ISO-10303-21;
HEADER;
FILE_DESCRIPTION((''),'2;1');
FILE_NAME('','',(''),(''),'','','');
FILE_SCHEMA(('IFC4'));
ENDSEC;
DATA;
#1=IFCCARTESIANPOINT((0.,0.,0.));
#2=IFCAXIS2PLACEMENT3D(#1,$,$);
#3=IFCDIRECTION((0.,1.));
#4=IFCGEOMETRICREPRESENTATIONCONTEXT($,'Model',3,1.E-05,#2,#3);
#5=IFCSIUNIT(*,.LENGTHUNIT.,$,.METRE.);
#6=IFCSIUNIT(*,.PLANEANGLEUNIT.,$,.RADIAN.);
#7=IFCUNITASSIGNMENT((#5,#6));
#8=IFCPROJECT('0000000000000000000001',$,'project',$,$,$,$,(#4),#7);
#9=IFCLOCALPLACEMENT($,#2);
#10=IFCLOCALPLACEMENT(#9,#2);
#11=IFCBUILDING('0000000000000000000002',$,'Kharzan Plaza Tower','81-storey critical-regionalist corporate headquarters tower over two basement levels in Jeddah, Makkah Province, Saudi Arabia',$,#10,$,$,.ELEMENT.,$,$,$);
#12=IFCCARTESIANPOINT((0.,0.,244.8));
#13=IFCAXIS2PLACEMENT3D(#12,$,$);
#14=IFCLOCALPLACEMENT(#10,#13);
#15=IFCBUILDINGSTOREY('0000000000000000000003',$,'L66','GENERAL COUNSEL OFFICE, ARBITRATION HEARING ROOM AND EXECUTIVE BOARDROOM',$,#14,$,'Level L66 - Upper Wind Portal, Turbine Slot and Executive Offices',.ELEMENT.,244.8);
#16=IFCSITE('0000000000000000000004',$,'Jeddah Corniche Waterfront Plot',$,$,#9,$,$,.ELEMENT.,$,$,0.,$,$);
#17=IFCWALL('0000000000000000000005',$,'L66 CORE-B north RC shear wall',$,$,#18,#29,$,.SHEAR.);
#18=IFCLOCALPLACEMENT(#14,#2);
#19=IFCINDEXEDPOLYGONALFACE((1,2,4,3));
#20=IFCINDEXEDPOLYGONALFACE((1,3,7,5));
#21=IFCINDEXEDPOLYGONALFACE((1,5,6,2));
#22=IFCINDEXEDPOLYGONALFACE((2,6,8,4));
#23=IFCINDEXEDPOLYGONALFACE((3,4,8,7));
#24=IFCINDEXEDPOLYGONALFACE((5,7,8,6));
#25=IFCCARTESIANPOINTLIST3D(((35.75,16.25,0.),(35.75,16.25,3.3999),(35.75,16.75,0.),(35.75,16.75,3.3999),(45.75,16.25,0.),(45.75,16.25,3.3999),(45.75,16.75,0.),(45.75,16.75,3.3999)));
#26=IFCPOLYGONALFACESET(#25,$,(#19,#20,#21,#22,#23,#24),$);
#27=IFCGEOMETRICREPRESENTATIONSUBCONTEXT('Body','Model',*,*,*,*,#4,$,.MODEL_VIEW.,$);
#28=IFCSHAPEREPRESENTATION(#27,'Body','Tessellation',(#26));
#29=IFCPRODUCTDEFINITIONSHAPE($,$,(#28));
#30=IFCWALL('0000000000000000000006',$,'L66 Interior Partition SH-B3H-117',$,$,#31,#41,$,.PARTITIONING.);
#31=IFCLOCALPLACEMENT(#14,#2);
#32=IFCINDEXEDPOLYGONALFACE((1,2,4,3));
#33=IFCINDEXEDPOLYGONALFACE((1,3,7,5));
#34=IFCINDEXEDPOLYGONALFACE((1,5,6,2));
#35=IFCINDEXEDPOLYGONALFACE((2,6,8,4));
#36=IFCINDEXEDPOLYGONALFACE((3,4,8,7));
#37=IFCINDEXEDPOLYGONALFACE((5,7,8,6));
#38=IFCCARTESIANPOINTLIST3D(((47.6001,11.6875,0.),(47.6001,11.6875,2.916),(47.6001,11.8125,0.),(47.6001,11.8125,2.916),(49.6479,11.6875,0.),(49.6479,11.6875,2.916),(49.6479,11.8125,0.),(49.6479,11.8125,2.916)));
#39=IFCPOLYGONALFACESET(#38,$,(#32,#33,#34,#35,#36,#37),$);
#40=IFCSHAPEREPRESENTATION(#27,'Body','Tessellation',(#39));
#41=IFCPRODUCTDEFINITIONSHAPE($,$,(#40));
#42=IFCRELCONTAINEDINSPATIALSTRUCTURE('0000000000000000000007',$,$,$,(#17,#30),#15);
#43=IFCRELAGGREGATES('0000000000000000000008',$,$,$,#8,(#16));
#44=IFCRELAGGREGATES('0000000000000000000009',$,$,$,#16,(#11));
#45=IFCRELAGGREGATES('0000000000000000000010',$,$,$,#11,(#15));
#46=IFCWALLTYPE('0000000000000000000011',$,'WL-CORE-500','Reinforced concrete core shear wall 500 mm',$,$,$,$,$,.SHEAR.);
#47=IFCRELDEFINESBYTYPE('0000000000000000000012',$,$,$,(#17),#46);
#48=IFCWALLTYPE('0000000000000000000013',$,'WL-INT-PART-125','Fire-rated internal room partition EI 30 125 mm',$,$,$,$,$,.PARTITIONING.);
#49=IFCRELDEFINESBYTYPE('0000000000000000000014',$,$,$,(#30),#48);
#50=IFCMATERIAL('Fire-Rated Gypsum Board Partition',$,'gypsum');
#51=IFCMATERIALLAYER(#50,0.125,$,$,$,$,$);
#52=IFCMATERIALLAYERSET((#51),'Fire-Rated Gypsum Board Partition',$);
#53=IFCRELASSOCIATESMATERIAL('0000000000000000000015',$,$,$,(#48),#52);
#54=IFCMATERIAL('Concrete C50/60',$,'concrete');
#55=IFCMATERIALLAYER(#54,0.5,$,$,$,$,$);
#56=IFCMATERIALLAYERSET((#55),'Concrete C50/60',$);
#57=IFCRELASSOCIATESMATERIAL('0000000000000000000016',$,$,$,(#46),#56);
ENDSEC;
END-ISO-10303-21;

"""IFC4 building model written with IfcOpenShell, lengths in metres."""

from ifc_helpers import new_model, si_unit, direction, frame, frame_2d, origin, place, context, subcontext, project, spatial, rectangle, extrude, source, transform, mapped, material, layer, layer_set, type_object, element, save


model = new_model("IFC4")

# Units and contexts
model_context = context("Model", 3, precision=1e-05, world=origin(), true_north=direction((0.0, 1.0)))
body_context = subcontext(model_context, "Body", "Model", "MODEL_VIEW")
ifc_project = project(units=[si_unit("LENGTHUNIT", "METRE"), si_unit("PLANEANGLEUNIT", "RADIAN")], contexts=[model_context])

# Site, building, storey
site_placement = place(None, origin())
site = spatial("IfcSite", under=ifc_project, at=site_placement, Name="Jeddah Corniche Waterfront Plot", CompositionType="ELEMENT", RefElevation=0.0)
building_placement = place(site_placement, origin())
building = spatial("IfcBuilding", under=site, at=building_placement, Name="Kharzan Plaza Tower", Description="81-storey critical-regionalist corporate headquarters tower over two basement levels in Jeddah, Makkah Province, Saudi Arabia", CompositionType="ELEMENT")
storey_placement = place(building_placement, frame((0.0, 0.0, 244.8)))
storey = spatial("IfcBuildingStorey", under=building, at=storey_placement, Name="L66", Description="GENERAL COUNSEL OFFICE, ARBITRATION HEARING ROOM AND EXECUTIVE BOARDROOM", LongName="Level L66 - Upper Wind Portal, Turbine Slot and Executive Offices", CompositionType="ELEMENT", Elevation=244.8)

# Shared definitions
ifc_material_1 = material(Name="Concrete C50/60", Category="concrete")

# Shared definitions
ifc_material_2 = material(Name="Fire-Rated Gypsum Board Partition", Category="gypsum")
ifc_layer_1 = layer(ifc_material_2, 0.125)
ifc_layer_set_1 = layer_set([ifc_layer_1], Name="Fire-Rated Gypsum Board Partition")
wall_type_1 = type_object("IfcWallType", Name="WL-INT-PART-125", Description="Fire-rated internal room partition EI 30 125 mm", PredefinedType="PARTITIONING", material=ifc_layer_set_1)

# Walls
ifc_layer_2 = layer(ifc_material_1, 0.5)
ifc_layer_set_2 = layer_set([ifc_layer_2], Name="Concrete C50/60")
wall_type_2 = type_object("IfcWallType", Name="WL-CORE-500", Description="Reinforced concrete core shear wall 500 mm", PredefinedType="SHEAR", material=ifc_layer_set_2)
shared_shape_1 = source(origin(), body_context, "Body", "SweptSolid", [
    extrude(rectangle(XDim=10.0, YDim=0.5, at=frame_2d((5.0, 0.0))), origin(), (0.0, 0.0, 1.0), 3.3999),
])
wall_1_placement = place(storey_placement, frame((35.75, 16.5, 0.0), z_axis=(0.0, 0.0, 1.0), x_axis=(1.0, 0.0, 0.0)))
element("IfcWall", 1, at=wall_1_placement, inside=storey, type_object=wall_type_2, Name="L66 CORE-B north RC shear wall", PredefinedType="SHEAR", context=body_context, shape_type="MappedRepresentation", body=[
    mapped(shared_shape_1, transform((0.0, 0.0, 0.0), x_axis=(1.0, 0.0, 0.0), y_axis=(0.0, 1.0, 0.0), z_axis=(0.0, 0.0, 1.0))),
])
shared_shape_2 = source(origin(), body_context, "Body", "SweptSolid", [
    extrude(rectangle(XDim=2.0479, YDim=0.125, at=frame_2d((1.0239, 0.0))), origin(), (0.0, 0.0, 1.0), 2.916),
])
wall_2_placement = place(storey_placement, frame((47.6001, 11.75, 0.0), z_axis=(0.0, 0.0, 1.0), x_axis=(1.0, 0.0, 0.0)))
element("IfcWall", 2, at=wall_2_placement, inside=storey, type_object=wall_type_1, Name="L66 Interior Partition SH-B3H-117", PredefinedType="PARTITIONING", context=body_context, shape_type="MappedRepresentation", body=[
    mapped(shared_shape_2, transform((0.0, 0.0, 0.0), x_axis=(1.0, 0.0, 0.0), y_axis=(0.0, 1.0, 0.0), z_axis=(0.0, 0.0, 1.0))),
])

save(model, "model.ifc")
